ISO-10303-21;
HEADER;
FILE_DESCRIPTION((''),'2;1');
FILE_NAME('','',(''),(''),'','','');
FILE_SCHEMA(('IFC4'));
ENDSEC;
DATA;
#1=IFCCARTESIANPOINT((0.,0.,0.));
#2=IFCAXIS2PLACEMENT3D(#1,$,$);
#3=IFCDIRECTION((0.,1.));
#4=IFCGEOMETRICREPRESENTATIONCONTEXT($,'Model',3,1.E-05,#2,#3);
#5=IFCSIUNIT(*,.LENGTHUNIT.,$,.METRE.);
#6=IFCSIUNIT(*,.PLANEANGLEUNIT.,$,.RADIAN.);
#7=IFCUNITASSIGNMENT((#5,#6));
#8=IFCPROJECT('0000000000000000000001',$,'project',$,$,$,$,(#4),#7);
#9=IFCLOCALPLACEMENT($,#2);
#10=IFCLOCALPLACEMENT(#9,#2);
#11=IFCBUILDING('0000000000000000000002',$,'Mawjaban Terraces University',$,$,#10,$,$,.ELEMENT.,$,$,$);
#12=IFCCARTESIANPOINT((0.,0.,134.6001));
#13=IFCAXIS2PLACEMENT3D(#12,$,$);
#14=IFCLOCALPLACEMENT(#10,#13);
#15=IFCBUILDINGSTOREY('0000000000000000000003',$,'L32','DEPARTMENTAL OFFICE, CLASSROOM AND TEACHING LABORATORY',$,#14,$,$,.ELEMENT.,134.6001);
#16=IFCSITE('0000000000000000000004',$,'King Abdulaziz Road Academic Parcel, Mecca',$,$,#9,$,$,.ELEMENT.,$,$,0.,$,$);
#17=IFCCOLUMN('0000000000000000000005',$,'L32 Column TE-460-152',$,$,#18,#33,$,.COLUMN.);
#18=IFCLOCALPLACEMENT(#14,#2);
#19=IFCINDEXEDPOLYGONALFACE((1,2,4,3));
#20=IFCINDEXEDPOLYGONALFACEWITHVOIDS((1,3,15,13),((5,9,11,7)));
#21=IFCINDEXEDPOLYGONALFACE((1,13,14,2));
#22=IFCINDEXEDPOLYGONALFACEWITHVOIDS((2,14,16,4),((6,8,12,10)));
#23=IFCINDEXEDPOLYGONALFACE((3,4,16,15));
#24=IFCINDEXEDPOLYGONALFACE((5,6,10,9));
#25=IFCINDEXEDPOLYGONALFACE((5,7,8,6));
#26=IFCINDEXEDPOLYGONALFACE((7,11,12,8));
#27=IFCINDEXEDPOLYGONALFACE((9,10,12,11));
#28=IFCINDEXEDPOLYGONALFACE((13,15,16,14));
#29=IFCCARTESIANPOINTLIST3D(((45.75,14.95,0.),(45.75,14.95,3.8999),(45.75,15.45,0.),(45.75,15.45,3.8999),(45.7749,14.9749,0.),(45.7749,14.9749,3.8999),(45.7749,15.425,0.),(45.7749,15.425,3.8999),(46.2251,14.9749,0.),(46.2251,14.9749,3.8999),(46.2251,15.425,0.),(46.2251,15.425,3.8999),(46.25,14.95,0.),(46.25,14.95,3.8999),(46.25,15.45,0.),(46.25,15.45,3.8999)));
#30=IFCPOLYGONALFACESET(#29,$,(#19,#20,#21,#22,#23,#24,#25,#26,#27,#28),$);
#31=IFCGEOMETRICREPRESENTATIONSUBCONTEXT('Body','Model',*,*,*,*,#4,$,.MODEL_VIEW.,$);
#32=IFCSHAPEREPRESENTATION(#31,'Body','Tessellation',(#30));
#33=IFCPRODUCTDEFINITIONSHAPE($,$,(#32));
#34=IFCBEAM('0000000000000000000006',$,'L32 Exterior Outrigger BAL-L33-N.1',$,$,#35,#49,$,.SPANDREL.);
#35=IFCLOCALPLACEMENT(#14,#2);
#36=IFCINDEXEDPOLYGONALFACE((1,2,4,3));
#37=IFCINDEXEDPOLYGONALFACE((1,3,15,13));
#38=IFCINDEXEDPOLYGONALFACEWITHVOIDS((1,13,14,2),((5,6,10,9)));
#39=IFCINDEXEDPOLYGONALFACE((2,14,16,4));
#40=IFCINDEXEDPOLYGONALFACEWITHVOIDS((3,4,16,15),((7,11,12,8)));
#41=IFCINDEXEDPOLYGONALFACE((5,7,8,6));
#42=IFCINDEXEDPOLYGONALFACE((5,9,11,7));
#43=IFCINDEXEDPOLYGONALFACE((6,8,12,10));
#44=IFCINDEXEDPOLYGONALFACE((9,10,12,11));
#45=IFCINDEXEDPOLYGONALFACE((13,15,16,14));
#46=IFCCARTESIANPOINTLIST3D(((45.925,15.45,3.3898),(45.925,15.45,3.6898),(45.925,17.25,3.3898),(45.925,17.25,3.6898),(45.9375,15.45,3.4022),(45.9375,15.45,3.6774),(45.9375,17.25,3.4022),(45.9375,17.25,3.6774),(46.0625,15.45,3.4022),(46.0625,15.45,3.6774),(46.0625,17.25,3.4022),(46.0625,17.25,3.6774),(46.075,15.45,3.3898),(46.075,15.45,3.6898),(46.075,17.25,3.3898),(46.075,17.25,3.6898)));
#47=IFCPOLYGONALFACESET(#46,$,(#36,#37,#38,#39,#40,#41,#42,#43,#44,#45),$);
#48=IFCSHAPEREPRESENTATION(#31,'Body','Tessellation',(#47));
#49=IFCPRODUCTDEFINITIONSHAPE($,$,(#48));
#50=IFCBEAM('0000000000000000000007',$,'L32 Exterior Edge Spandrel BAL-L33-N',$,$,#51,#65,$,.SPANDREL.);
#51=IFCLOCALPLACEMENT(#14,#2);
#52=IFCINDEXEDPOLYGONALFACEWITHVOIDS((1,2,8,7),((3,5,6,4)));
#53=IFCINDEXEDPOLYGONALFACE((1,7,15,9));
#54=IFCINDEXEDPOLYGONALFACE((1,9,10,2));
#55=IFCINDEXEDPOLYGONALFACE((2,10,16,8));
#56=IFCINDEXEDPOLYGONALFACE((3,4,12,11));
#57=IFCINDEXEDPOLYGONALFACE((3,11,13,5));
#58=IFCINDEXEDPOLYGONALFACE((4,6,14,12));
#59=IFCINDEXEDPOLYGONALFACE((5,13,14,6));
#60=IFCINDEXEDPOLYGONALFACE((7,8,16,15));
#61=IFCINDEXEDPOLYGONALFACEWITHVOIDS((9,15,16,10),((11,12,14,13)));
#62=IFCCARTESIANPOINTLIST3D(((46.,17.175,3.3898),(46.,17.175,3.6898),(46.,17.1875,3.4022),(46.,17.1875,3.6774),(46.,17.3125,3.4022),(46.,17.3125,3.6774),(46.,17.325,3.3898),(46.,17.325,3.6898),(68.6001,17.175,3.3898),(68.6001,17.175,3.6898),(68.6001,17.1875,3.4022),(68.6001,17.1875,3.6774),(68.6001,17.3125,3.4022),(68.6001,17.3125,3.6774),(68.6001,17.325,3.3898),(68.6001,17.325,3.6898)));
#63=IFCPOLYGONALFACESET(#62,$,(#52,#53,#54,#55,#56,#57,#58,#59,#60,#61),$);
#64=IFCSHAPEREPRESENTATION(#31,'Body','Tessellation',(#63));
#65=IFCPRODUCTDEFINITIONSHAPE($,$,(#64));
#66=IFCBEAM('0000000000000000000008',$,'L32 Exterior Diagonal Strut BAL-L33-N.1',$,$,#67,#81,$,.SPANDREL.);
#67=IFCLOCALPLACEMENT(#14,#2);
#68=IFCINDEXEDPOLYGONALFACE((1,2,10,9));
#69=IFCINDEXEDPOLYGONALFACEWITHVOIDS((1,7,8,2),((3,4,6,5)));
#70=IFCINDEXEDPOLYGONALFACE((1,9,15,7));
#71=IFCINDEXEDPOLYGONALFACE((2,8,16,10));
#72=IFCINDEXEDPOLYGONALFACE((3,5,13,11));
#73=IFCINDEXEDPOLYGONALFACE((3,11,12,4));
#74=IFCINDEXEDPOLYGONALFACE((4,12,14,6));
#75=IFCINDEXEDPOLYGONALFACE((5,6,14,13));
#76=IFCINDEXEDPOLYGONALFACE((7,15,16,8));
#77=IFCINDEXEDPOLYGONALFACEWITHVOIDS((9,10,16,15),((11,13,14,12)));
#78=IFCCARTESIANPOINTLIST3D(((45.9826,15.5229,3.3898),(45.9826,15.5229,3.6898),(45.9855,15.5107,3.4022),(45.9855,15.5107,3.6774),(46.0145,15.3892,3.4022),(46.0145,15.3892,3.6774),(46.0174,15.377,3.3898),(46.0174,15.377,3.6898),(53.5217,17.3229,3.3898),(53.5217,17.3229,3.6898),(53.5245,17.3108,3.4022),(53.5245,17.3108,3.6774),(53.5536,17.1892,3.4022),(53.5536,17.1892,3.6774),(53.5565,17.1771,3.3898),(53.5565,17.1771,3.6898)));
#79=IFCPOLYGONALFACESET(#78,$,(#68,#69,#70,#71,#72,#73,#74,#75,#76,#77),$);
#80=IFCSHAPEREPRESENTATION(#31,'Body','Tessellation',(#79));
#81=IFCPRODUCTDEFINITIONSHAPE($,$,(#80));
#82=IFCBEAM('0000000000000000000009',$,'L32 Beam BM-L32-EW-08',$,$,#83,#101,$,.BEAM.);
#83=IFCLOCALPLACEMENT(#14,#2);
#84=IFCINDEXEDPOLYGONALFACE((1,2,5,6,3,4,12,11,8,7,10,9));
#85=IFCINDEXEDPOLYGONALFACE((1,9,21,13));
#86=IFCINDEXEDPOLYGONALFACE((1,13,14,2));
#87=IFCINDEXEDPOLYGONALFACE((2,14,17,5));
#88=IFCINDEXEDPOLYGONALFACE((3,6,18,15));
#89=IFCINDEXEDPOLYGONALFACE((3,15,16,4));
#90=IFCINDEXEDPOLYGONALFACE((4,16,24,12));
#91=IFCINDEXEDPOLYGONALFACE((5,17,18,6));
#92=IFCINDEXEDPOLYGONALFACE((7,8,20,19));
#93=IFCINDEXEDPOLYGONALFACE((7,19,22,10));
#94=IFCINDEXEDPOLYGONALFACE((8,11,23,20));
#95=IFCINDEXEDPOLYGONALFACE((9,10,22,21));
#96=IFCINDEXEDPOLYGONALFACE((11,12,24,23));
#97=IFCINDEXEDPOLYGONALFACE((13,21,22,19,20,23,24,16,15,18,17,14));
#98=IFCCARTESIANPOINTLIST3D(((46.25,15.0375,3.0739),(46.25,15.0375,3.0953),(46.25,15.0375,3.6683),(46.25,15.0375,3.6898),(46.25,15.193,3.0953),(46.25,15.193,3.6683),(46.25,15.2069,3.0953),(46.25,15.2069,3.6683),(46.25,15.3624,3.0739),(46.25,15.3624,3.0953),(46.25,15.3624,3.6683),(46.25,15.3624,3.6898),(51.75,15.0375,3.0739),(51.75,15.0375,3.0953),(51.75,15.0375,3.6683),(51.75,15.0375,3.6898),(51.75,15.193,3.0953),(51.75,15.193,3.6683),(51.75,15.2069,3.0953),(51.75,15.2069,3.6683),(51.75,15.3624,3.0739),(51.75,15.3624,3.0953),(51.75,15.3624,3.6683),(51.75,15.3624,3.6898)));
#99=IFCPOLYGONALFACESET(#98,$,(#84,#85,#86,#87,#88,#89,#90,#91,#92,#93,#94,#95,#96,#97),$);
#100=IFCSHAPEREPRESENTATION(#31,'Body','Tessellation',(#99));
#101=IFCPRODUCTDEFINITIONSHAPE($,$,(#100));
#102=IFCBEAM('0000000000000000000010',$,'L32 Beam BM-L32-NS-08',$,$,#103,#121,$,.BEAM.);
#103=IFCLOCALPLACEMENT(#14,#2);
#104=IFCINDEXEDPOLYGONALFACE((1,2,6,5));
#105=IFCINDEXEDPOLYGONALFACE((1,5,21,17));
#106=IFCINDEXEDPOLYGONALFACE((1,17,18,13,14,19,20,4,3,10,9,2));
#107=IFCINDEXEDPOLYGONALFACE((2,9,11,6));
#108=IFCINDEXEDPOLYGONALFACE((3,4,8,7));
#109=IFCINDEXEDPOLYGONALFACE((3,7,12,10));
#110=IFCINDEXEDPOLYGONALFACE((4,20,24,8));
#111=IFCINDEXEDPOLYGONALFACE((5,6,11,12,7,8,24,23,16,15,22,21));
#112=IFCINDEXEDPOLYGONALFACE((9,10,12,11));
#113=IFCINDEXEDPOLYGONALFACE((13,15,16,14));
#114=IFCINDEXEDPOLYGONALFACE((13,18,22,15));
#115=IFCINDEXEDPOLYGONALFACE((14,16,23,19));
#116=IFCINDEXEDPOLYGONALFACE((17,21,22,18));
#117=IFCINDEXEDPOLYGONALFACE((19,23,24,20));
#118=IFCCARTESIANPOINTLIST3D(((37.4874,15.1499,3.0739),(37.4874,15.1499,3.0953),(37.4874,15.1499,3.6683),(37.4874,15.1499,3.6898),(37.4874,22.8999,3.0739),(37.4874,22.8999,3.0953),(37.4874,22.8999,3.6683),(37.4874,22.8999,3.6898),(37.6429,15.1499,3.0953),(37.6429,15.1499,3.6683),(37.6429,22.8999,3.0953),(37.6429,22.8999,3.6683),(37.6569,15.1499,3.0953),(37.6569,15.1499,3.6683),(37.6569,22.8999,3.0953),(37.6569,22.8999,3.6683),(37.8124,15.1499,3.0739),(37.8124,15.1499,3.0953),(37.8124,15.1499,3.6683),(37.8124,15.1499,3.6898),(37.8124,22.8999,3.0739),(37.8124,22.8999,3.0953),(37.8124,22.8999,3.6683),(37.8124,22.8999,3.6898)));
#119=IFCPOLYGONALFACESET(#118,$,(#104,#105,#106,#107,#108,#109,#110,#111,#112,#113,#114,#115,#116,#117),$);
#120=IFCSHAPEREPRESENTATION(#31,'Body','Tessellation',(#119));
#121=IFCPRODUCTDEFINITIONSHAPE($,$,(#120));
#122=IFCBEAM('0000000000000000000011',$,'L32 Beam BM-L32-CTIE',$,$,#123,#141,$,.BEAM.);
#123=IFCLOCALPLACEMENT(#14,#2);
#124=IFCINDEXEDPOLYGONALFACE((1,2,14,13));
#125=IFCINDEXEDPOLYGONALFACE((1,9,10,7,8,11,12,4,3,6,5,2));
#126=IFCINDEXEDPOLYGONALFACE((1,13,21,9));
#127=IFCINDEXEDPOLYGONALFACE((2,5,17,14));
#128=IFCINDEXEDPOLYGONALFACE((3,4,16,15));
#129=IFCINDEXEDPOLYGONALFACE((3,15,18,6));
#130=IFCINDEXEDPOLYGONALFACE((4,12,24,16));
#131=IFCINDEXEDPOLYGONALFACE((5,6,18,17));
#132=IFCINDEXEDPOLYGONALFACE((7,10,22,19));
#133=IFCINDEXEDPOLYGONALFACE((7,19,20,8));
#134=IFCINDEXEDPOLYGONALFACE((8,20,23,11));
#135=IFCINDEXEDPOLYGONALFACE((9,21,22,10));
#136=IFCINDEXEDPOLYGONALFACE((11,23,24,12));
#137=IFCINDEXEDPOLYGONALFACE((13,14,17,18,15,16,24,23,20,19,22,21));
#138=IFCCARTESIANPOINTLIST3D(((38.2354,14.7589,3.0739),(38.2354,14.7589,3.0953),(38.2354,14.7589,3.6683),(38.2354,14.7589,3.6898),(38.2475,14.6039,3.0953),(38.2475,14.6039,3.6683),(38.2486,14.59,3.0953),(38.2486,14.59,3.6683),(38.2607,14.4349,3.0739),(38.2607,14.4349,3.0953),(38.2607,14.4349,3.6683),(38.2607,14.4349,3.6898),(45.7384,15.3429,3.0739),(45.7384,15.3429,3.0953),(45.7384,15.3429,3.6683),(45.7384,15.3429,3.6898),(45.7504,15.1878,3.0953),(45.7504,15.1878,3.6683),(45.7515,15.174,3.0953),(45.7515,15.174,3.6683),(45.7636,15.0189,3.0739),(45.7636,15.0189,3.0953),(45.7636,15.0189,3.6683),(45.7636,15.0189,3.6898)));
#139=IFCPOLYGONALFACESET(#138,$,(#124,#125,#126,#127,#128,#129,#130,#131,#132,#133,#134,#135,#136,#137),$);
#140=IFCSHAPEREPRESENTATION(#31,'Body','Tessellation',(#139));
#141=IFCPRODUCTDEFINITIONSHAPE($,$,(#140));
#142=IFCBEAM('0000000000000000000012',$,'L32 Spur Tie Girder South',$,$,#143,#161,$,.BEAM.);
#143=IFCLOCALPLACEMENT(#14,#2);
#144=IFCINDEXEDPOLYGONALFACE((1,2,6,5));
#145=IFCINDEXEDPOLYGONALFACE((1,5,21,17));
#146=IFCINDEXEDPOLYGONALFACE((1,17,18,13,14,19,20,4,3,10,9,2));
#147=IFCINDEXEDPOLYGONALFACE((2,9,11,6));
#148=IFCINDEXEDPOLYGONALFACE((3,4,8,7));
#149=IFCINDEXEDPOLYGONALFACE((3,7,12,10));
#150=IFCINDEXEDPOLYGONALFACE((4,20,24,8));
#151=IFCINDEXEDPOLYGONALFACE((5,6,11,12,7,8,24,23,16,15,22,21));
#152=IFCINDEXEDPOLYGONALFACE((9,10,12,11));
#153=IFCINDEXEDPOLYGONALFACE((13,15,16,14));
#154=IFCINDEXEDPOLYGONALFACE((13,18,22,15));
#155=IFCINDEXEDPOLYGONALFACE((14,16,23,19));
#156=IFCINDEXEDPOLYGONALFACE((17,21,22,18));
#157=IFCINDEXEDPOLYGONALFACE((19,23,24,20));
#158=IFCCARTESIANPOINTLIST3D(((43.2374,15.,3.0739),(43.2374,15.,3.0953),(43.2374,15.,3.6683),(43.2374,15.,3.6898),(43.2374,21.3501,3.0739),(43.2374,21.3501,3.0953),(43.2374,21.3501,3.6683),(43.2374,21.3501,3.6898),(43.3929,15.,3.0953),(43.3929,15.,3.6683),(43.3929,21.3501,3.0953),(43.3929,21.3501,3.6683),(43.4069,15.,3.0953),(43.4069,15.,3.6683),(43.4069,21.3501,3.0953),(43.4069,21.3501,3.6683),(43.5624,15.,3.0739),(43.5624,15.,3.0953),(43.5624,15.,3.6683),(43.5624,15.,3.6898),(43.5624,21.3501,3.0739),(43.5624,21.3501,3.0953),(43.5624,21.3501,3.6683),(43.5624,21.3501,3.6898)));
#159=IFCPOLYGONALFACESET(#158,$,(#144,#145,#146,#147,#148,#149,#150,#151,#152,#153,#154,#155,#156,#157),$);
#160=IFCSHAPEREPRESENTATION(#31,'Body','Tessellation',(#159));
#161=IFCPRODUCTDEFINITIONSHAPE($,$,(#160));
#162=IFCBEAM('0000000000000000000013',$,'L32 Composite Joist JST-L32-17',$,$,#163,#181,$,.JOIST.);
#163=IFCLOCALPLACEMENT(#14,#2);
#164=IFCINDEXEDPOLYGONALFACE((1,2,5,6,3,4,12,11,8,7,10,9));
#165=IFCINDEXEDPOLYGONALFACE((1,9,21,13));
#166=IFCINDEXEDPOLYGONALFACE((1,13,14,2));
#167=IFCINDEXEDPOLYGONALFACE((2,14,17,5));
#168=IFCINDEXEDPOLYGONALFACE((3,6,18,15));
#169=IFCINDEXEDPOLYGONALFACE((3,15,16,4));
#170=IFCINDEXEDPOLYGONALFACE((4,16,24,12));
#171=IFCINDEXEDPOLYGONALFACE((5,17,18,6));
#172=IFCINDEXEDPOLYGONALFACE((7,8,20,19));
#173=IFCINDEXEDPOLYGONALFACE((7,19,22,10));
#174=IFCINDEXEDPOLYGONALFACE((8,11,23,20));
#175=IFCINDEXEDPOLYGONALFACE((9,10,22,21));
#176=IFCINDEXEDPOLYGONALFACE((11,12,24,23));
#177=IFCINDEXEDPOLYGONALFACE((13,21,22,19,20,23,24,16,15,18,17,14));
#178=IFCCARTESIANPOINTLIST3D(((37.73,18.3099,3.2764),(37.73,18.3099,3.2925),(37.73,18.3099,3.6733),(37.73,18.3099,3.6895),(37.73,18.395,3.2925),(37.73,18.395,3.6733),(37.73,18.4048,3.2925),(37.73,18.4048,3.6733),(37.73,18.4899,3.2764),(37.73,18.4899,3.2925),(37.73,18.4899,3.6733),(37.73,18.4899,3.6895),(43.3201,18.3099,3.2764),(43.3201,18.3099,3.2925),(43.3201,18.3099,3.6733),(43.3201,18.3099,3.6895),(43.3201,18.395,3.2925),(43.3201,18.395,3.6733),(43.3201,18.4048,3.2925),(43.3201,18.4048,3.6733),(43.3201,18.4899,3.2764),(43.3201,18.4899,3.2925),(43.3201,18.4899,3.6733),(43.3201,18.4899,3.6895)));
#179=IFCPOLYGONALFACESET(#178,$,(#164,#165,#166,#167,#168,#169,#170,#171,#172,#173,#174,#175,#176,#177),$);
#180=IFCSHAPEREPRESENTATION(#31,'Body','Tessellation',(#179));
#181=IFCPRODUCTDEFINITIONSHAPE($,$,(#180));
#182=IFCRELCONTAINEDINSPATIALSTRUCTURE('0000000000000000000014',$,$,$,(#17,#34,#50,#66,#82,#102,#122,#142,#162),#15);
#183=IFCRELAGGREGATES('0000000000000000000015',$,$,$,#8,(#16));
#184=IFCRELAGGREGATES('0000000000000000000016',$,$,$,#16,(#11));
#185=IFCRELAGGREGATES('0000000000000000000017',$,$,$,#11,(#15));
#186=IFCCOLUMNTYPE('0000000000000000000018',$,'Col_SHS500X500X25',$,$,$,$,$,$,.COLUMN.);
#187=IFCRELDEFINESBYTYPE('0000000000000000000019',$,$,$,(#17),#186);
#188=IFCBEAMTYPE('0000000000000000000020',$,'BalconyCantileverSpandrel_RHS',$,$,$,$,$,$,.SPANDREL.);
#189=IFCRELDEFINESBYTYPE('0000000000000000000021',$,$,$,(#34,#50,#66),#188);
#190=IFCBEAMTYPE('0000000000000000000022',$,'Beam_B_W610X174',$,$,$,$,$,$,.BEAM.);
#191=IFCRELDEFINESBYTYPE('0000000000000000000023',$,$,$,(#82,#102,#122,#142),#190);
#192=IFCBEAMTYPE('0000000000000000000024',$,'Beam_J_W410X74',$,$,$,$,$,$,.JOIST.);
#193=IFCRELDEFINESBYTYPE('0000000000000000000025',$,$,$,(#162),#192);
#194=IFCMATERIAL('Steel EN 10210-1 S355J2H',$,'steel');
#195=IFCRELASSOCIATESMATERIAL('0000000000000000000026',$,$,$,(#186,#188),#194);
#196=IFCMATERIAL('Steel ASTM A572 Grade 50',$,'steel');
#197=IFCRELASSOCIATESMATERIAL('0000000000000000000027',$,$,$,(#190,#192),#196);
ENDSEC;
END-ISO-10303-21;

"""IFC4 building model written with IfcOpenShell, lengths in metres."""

from ifc_helpers import new_model, si_unit, direction, frame, origin, origin_2d, place, context, subcontext, project, spatial, hollow_rectangle, i_section, extrude, material, material_profile, profile_set, type_object, element, save


model = new_model("IFC4")

# Units and contexts
model_context = context("Model", 3, precision=1e-05, world=origin(), true_north=direction((0.0, 1.0)))
body_context = subcontext(model_context, "Body", "Model", "MODEL_VIEW")
ifc_project = project(units=[si_unit("LENGTHUNIT", "METRE"), si_unit("PLANEANGLEUNIT", "RADIAN")], contexts=[model_context])

# Site, building, storey
site_placement = place(None, origin())
site = spatial("IfcSite", under=ifc_project, at=site_placement, Name="King Abdulaziz Road Academic Parcel, Mecca", CompositionType="ELEMENT", RefElevation=0.0)
building_placement = place(site_placement, origin())
building = spatial("IfcBuilding", under=site, at=building_placement, Name="Mawjaban Terraces University", CompositionType="ELEMENT")
storey_placement = place(building_placement, frame((0.0, 0.0, 134.6001)))
storey = spatial("IfcBuildingStorey", under=building, at=storey_placement, Name="L32", Description="DEPARTMENTAL OFFICE, CLASSROOM AND TEACHING LABORATORY", CompositionType="ELEMENT", Elevation=134.6001)

# Column
ifc_material_1 = material(Name="Steel EN 10210-1 S355J2H", Category="steel")
ifc_material_profile_1 = material_profile(ifc_material_1, hollow_rectangle(XDim=0.5, YDim=0.5, WallThickness=0.0249, at=origin_2d()), Name="SHS500X500X25")
ifc_profile_set_1 = profile_set([ifc_material_profile_1], Name="Steel EN 10210-1 S355J2H")
column_type = type_object("IfcColumnType", Name="Col_SHS500X500X25", PredefinedType="COLUMN", material=ifc_profile_set_1)
column_placement = place(storey_placement, frame((46.0, 15.2, 0.0), z_axis=(0.0, 0.0, 1.0), x_axis=(1.0, 0.0, 0.0)))
element("IfcColumn", 1, at=column_placement, inside=storey, type_object=column_type, Name="L32 Column TE-460-152", PredefinedType="COLUMN", context=body_context, shape_type="SweptSolid", body=[
    extrude(hollow_rectangle(XDim=0.5, YDim=0.5, WallThickness=0.0249, at=origin_2d()), origin(), (0.0, 0.0, 1.0), 3.8999),
])

# Beams
ifc_material_profile_2 = material_profile(ifc_material_1, hollow_rectangle(XDim=0.1499, YDim=0.3, WallThickness=0.0125, at=origin_2d()), Name="RHS300X150X12.5")
ifc_profile_set_2 = profile_set([ifc_material_profile_2], Name="Steel EN 10210-1 S355J2H")
beam_type_1 = type_object("IfcBeamType", Name="BalconyCantileverSpandrel_RHS", PredefinedType="SPANDREL", material=ifc_profile_set_2)
beam_1_placement = place(storey_placement, frame((46.0, 15.45, 3.5398), z_axis=(0.0, 1.0, 0.0), x_axis=(-1.0, 0.0, 0.0)))
element("IfcBeam", 2, at=beam_1_placement, inside=storey, type_object=beam_type_1, Name="L32 Exterior Outrigger BAL-L33-N.1", PredefinedType="SPANDREL", context=body_context, shape_type="SweptSolid", body=[
    extrude(hollow_rectangle(XDim=0.1499, YDim=0.3, WallThickness=0.0125, at=origin_2d()), origin(), (0.0, 0.0, 1.0), 1.8),
])
beam_2_placement = place(storey_placement, frame((46.0, 17.25, 3.5398), z_axis=(1.0, 0.0, 0.0), x_axis=(0.0, 1.0, 0.0)))
element("IfcBeam", 3, at=beam_2_placement, inside=storey, type_object=beam_type_1, Name="L32 Exterior Edge Spandrel BAL-L33-N", PredefinedType="SPANDREL", context=body_context, shape_type="SweptSolid", body=[
    extrude(hollow_rectangle(XDim=0.1499, YDim=0.3, WallThickness=0.0125, at=origin_2d()), origin(), (0.0, 0.0, 1.0), 22.6001),
])
beam_3_placement = place(storey_placement, frame((46.0, 15.45, 3.5398), z_axis=(0.97266, 0.232235, 0.0), x_axis=(-0.232235, 0.97266, 0.0)))
element("IfcBeam", 4, at=beam_3_placement, inside=storey, type_object=beam_type_1, Name="L32 Exterior Diagonal Strut BAL-L33-N.1", PredefinedType="SPANDREL", context=body_context, shape_type="SweptSolid", body=[
    extrude(hollow_rectangle(XDim=0.1499, YDim=0.3, WallThickness=0.0125, at=origin_2d()), origin(), (0.0, 0.0, 1.0), 7.751),
])
ifc_material_2 = material(Name="Steel ASTM A572 Grade 50", Category="steel")
ifc_material_profile_3 = material_profile(ifc_material_2, i_section(OverallWidth=0.325, OverallDepth=0.616, WebThickness=0.0139, FlangeThickness=0.0215, at=origin_2d()), Name="W610X174")
ifc_profile_set_3 = profile_set([ifc_material_profile_3], Name="Steel ASTM A572 Grade 50")
beam_type_2 = type_object("IfcBeamType", Name="Beam_B_W610X174", PredefinedType="BEAM", material=ifc_profile_set_3)
beam_4_placement = place(storey_placement, frame((46.25, 15.2, 3.3818), z_axis=(1.0, 0.0, 0.0), x_axis=(0.0, 1.0, 0.0)))
element("IfcBeam", 5, at=beam_4_placement, inside=storey, type_object=beam_type_2, Name="L32 Beam BM-L32-EW-08", PredefinedType="BEAM", context=body_context, shape_type="SweptSolid", body=[
    extrude(i_section(OverallWidth=0.325, OverallDepth=0.616, WebThickness=0.0139, FlangeThickness=0.0215, at=origin_2d()), origin(), (0.0, 0.0, 1.0), 5.5),
])
beam_5_placement = place(storey_placement, frame((37.6499, 15.1499, 3.3818), z_axis=(0.0, 1.0, 0.0), x_axis=(-1.0, 0.0, 0.0)))
element("IfcBeam", 6, at=beam_5_placement, inside=storey, type_object=beam_type_2, Name="L32 Beam BM-L32-NS-08", PredefinedType="BEAM", context=body_context, shape_type="SweptSolid", body=[
    extrude(i_section(OverallWidth=0.325, OverallDepth=0.616, WebThickness=0.0139, FlangeThickness=0.0215, at=origin_2d()), origin(), (0.0, 0.0, 1.0), 7.75),
])
beam_6_placement = place(storey_placement, frame((38.248, 14.5969, 3.3818), z_axis=(0.996985, 0.077599, 0.0), x_axis=(-0.077599, 0.996985, 0.0)))
element("IfcBeam", 7, at=beam_6_placement, inside=storey, type_object=beam_type_2, Name="L32 Beam BM-L32-CTIE", PredefinedType="BEAM", context=body_context, shape_type="SweptSolid", body=[
    extrude(i_section(OverallWidth=0.325, OverallDepth=0.616, WebThickness=0.0139, FlangeThickness=0.0215, at=origin_2d()), origin(), (0.0, 0.0, 1.0), 7.5256),
])
beam_7_placement = place(storey_placement, frame((43.3999, 15.0, 3.3818), z_axis=(0.0, 1.0, 0.0), x_axis=(-1.0, 0.0, 0.0)))
element("IfcBeam", 8, at=beam_7_placement, inside=storey, type_object=beam_type_2, Name="L32 Spur Tie Girder South", PredefinedType="BEAM", context=body_context, shape_type="SweptSolid", body=[
    extrude(i_section(OverallWidth=0.325, OverallDepth=0.616, WebThickness=0.0139, FlangeThickness=0.0215, at=origin_2d()), origin(), (0.0, 0.0, 1.0), 6.3501),
])
ifc_material_profile_4 = material_profile(ifc_material_2, i_section(OverallWidth=0.1799, OverallDepth=0.4131, WebThickness=0.0098, FlangeThickness=0.0161, at=origin_2d()), Name="W410X74")
ifc_profile_set_4 = profile_set([ifc_material_profile_4], Name="Steel ASTM A572 Grade 50")
beam_type_3 = type_object("IfcBeamType", Name="Beam_J_W410X74", PredefinedType="JOIST", material=ifc_profile_set_4)
beam_8_placement = place(storey_placement, frame((37.73, 18.3999, 3.4829), z_axis=(1.0, 0.0, 0.0), x_axis=(0.0, 1.0, 0.0)))
element("IfcBeam", 9, at=beam_8_placement, inside=storey, type_object=beam_type_3, Name="L32 Composite Joist JST-L32-17", PredefinedType="JOIST", context=body_context, shape_type="SweptSolid", body=[
    extrude(i_section(OverallWidth=0.1799, OverallDepth=0.4131, WebThickness=0.0098, FlangeThickness=0.0161, at=origin_2d()), origin(), (0.0, 0.0, 1.0), 5.5901),
])

save(model, "model.ifc")
